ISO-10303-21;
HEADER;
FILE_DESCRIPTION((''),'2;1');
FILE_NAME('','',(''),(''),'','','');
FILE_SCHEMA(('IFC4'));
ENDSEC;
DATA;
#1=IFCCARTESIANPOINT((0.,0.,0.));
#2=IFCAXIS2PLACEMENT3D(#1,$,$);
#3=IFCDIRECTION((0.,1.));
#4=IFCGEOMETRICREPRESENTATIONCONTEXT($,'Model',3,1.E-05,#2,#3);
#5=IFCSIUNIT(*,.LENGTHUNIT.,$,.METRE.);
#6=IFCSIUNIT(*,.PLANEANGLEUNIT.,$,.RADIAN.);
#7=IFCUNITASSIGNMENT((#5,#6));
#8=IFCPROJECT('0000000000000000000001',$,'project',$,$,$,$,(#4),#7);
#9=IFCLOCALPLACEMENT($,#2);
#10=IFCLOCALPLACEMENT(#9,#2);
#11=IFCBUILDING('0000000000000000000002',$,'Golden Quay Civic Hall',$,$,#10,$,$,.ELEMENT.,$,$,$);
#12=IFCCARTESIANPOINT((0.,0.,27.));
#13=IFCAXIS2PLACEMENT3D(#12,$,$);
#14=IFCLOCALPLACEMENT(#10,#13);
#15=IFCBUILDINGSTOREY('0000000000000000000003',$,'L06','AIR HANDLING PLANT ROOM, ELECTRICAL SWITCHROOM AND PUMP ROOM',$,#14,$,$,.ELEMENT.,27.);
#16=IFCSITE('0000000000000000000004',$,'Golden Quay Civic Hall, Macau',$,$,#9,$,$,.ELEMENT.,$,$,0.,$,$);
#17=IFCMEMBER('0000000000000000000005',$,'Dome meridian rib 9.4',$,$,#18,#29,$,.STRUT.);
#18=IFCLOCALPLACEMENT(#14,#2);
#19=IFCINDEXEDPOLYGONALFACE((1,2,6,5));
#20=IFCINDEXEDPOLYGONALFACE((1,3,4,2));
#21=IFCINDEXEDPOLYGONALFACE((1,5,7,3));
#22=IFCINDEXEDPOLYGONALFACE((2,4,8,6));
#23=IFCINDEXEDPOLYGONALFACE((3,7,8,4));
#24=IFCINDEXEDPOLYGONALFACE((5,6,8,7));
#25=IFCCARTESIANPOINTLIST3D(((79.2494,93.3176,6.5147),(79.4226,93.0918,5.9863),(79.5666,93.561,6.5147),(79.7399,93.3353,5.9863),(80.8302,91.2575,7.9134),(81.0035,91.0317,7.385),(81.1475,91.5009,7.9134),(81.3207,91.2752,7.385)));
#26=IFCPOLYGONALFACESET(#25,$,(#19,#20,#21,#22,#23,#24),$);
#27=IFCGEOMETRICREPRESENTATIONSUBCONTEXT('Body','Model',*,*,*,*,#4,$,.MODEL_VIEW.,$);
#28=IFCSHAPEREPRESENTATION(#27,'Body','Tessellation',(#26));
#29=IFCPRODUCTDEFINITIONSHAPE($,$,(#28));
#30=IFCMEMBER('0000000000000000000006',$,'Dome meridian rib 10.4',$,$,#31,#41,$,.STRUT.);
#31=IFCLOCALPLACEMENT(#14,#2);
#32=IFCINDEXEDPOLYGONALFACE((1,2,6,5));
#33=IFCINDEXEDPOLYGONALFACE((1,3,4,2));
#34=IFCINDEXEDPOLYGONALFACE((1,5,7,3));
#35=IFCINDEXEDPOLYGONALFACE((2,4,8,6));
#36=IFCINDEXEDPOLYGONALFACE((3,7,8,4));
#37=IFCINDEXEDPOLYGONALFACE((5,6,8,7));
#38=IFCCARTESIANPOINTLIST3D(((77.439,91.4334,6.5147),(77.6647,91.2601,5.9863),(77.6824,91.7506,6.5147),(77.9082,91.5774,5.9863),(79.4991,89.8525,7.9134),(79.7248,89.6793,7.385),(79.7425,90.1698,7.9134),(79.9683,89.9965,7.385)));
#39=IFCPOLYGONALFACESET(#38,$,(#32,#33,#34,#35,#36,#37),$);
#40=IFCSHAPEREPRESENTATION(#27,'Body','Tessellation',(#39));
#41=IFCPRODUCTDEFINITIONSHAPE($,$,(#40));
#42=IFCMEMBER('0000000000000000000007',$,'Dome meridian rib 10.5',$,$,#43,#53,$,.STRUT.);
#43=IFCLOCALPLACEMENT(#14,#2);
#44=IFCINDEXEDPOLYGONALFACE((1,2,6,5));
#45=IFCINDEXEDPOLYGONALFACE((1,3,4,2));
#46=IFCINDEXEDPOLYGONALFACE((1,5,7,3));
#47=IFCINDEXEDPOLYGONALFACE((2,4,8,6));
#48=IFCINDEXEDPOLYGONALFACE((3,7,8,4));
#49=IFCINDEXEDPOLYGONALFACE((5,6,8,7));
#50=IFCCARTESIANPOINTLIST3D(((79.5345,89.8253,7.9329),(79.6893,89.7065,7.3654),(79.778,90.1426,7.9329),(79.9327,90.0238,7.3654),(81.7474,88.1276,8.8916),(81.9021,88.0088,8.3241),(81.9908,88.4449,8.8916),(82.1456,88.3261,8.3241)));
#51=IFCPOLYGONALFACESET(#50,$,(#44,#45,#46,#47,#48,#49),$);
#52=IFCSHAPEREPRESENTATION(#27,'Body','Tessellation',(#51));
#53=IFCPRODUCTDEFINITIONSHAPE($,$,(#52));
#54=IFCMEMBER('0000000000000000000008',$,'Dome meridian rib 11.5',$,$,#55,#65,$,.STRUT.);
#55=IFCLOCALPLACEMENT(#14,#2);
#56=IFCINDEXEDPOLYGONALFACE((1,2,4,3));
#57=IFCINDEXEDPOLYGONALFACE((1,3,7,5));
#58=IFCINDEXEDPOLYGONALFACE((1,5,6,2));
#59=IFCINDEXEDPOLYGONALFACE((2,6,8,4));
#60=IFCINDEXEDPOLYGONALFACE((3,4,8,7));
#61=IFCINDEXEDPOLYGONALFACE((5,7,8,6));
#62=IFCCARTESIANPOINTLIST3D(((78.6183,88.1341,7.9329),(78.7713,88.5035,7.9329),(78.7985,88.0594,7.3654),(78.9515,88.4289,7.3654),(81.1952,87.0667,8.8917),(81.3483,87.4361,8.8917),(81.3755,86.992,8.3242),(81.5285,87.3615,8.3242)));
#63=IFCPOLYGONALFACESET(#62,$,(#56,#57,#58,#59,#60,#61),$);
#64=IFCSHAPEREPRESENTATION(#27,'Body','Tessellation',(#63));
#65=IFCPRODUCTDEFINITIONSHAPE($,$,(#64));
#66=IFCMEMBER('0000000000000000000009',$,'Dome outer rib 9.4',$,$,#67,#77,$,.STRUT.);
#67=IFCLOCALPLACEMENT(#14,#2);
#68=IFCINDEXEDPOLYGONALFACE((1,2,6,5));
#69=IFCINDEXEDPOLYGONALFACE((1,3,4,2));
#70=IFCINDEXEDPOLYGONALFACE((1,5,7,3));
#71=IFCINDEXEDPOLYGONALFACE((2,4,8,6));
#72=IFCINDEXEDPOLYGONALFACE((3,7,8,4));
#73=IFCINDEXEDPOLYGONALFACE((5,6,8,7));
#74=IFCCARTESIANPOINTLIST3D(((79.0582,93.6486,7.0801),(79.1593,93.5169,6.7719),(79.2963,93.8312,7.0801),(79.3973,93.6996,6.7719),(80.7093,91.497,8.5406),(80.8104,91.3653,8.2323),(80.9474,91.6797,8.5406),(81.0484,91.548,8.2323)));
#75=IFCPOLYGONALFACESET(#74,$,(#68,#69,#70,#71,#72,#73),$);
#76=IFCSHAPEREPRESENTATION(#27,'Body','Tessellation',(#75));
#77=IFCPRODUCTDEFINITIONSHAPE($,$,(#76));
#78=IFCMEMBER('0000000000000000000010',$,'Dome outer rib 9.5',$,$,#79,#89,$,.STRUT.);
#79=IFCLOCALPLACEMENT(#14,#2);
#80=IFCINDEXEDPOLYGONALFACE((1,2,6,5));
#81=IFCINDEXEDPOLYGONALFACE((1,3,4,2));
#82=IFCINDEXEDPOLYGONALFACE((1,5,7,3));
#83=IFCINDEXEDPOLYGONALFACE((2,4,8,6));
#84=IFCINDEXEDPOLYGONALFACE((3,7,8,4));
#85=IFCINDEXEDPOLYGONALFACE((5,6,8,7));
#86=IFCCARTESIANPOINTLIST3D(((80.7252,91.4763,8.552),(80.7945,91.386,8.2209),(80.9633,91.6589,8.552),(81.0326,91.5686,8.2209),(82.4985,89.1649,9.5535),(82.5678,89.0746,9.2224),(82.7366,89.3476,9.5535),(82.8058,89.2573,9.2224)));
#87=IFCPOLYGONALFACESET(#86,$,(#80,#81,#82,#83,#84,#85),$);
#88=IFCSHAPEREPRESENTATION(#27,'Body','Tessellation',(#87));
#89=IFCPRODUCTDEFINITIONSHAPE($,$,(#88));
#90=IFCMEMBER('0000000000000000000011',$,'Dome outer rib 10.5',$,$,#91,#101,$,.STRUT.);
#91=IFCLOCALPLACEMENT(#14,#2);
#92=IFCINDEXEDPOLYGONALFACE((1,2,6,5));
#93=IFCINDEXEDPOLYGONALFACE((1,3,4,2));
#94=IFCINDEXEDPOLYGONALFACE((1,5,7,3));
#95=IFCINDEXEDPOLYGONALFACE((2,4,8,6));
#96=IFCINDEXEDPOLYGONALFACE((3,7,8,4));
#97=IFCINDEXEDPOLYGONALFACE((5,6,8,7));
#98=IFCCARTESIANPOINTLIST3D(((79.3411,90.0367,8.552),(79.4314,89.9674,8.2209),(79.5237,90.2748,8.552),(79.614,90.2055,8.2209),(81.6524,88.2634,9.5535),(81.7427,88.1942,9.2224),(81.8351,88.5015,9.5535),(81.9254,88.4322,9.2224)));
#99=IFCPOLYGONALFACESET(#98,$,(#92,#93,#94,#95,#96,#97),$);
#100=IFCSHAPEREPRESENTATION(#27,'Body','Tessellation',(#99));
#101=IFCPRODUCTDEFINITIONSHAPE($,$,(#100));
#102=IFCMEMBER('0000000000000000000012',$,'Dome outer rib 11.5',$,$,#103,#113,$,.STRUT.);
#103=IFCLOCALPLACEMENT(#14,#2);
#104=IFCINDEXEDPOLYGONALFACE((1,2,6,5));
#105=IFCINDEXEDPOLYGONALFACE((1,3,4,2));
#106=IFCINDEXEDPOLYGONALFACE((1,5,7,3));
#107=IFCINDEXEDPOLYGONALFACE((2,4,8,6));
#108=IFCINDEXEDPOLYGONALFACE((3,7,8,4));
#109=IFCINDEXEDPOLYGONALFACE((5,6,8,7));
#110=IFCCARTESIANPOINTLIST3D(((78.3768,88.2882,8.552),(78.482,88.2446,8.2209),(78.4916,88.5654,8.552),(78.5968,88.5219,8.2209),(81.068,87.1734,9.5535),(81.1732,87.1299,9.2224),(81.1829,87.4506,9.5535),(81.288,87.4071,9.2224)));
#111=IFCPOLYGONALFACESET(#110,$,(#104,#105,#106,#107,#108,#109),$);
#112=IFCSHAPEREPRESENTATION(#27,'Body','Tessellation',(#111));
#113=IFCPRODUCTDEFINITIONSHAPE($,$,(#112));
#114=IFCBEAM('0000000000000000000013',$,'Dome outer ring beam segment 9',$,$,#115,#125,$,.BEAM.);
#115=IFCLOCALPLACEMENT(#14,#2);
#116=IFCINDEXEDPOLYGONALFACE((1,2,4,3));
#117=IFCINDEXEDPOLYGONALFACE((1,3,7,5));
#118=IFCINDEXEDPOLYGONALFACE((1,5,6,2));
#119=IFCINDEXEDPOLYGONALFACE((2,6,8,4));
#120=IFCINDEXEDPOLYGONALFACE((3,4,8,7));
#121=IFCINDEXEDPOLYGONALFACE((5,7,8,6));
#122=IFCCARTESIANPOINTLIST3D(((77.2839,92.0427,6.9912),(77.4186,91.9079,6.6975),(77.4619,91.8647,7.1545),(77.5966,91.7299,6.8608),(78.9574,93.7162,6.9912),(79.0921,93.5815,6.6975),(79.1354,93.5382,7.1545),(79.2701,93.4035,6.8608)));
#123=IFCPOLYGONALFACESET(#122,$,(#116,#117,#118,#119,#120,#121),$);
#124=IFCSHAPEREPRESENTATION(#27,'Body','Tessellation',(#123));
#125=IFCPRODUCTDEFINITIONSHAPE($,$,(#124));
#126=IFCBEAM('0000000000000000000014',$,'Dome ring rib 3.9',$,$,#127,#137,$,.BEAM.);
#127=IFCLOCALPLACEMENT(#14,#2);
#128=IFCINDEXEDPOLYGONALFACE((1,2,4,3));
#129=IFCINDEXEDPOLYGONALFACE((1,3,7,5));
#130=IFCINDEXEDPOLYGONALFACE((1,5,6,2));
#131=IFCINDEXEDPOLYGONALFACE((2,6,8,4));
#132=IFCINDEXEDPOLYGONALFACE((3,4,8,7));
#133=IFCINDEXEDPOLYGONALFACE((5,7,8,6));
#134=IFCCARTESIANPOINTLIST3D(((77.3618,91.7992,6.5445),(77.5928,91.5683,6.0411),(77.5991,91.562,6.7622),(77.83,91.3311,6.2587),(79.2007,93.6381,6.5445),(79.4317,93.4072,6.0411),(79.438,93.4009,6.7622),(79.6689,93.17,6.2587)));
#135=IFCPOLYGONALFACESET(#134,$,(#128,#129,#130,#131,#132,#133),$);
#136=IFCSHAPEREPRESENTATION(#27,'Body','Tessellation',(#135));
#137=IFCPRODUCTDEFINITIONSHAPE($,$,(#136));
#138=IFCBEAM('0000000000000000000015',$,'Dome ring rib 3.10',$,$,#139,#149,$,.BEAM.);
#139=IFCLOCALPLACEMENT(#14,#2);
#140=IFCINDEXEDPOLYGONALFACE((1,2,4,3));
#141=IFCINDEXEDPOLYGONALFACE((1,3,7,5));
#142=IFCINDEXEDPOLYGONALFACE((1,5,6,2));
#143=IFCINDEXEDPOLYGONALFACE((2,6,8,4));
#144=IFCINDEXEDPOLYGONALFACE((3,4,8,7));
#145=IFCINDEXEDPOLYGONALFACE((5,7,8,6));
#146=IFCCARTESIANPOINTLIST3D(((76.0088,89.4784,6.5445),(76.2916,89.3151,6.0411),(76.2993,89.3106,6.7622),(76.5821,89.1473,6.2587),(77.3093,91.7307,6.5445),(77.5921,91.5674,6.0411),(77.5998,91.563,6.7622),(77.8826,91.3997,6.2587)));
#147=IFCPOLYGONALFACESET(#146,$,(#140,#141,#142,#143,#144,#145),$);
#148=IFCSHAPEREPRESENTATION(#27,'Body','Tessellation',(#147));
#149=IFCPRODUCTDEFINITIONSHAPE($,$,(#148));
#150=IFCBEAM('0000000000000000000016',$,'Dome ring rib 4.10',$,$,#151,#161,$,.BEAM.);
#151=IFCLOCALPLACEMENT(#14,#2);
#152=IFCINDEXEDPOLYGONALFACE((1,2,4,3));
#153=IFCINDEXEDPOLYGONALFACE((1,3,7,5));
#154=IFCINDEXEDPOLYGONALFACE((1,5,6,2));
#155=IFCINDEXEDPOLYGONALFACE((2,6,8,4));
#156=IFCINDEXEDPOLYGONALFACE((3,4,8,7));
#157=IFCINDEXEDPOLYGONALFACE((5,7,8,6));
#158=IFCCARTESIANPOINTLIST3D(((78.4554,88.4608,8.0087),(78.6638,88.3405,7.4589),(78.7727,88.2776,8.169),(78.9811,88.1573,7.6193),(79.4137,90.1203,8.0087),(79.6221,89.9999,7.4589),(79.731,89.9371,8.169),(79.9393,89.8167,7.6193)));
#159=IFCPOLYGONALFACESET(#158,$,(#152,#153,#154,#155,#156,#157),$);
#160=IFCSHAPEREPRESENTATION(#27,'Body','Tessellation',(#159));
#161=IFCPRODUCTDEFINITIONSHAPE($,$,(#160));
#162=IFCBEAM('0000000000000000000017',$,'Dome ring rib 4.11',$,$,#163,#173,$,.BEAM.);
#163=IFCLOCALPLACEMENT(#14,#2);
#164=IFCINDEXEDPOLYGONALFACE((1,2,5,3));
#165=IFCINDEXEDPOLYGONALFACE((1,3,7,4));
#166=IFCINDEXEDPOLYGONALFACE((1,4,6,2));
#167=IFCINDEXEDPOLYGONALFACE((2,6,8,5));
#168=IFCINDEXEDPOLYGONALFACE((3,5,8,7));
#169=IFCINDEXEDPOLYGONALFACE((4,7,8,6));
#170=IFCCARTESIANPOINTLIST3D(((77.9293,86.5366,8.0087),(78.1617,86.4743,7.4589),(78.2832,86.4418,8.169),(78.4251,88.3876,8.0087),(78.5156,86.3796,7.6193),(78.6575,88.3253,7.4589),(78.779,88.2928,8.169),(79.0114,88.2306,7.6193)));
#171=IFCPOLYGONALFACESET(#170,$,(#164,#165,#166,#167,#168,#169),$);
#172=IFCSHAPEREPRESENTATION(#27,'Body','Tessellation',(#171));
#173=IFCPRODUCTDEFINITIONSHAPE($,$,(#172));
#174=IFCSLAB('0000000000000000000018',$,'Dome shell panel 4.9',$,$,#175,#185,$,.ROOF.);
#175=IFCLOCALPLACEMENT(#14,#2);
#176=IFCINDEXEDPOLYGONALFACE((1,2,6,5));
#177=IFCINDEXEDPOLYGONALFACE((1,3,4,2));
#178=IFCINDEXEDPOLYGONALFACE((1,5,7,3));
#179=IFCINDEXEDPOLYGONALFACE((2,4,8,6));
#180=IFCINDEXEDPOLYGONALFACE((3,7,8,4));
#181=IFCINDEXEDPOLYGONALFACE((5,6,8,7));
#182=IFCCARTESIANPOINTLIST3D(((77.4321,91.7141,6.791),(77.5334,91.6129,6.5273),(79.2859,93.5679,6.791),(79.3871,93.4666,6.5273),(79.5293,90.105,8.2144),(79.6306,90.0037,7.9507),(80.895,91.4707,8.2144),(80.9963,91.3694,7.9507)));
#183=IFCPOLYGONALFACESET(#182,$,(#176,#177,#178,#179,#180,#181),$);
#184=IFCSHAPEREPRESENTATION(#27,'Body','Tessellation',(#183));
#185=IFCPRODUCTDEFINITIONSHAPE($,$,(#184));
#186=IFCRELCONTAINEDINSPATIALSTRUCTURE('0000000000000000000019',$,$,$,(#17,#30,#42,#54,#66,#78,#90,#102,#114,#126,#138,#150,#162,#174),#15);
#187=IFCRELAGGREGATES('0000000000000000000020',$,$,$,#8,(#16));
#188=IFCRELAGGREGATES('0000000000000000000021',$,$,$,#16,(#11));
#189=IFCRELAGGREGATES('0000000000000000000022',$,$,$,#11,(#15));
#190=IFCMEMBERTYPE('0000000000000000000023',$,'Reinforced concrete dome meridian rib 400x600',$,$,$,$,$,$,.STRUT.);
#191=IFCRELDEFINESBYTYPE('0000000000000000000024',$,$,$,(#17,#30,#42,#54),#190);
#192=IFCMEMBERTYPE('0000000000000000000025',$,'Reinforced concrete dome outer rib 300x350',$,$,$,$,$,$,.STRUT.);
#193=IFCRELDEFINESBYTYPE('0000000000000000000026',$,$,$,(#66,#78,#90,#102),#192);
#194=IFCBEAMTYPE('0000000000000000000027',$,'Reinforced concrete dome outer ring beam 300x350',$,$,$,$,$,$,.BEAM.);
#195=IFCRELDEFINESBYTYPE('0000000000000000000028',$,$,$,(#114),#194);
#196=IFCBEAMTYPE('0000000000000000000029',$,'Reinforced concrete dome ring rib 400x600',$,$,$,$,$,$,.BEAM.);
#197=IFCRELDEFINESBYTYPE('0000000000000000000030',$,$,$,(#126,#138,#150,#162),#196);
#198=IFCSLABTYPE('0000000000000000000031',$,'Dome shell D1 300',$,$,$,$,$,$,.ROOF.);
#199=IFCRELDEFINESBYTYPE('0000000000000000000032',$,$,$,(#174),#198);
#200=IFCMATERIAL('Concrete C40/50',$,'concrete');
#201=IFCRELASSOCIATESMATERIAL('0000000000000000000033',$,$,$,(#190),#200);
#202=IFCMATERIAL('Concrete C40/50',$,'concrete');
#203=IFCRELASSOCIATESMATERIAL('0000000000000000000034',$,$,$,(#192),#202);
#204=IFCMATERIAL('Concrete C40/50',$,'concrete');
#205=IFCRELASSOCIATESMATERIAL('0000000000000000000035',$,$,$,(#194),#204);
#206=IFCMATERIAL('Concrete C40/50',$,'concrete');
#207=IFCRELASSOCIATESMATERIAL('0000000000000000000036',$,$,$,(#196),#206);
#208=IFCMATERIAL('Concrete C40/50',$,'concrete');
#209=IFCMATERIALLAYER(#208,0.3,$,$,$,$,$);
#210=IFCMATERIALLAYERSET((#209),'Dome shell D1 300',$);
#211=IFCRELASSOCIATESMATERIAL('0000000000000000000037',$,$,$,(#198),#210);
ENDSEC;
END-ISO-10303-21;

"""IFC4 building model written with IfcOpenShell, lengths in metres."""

from ifc_helpers import new_model, si_unit, direction, frame, origin, origin_2d, place, context, subcontext, project, spatial, polyline, rectangle, outline, extrude, material, layer, layer_set, material_profile, profile_set, type_object, element, save


model = new_model("IFC4")

# Units and contexts
model_context = context("Model", 3, precision=1e-05, world=origin(), true_north=direction((0.0, 1.0)))
body_context = subcontext(model_context, "Body", "Model", "MODEL_VIEW")
ifc_project = project(units=[si_unit("LENGTHUNIT", "METRE"), si_unit("PLANEANGLEUNIT", "RADIAN")], contexts=[model_context])

# Site, building, storey
site_placement = place(None, origin())
site = spatial("IfcSite", under=ifc_project, at=site_placement, Name="Golden Quay Civic Hall, Macau", CompositionType="ELEMENT", RefElevation=0.0)
building_placement = place(site_placement, origin())
building = spatial("IfcBuilding", under=site, at=building_placement, Name="Golden Quay Civic Hall", CompositionType="ELEMENT")
storey_placement = place(building_placement, frame((0.0, 0.0, 27.0)))
storey = spatial("IfcBuildingStorey", under=building, at=storey_placement, Name="L06", Description="AIR HANDLING PLANT ROOM, ELECTRICAL SWITCHROOM AND PUMP ROOM", CompositionType="ELEMENT", Elevation=27.0)

# Members
ifc_material_1 = material(Name="Concrete C40/50", Category="concrete")
ifc_material_profile_1 = material_profile(ifc_material_1, rectangle(XDim=0.3999, YDim=0.6001, at=origin_2d()), Name="RC 400x600")
ifc_profile_set_1 = profile_set([ifc_material_profile_1], Name="Concrete C40/50")
member_type_1 = type_object("IfcMemberType", Name="Reinforced concrete dome meridian rib 400x600", PredefinedType="STRUT", material=ifc_profile_set_1)
for number, where, z_axis, x_axis, name in (
    (1, (79.4946, 93.3264, 6.2505), (0.535972, -0.698461, 0.474222), (0.79334, 0.608779, 0.0), "Dome meridian rib 9.4"),
    (2, (77.6736, 91.5054, 6.2505), (0.698461, -0.535972, 0.474222), (0.608779, 0.79334, 0.0), "Dome meridian rib 10.4"),
):
    element("IfcMember", number, at=place(storey_placement, frame(where, z_axis=z_axis, x_axis=x_axis)), inside=storey, type_object=member_type_1, Name=name, PredefinedType="STRUT", context=body_context, shape_type="SweptSolid", body=[
        extrude(rectangle(XDim=0.3999, YDim=0.6001, at=origin_2d()), origin(), (0.0, 0.0, 1.0), 2.9495),
    ])
member_1_placement = place(storey_placement, frame((79.7336, 89.9246, 7.6492), z_axis=(0.750308, -0.575644, 0.325073), x_axis=(0.608703, 0.793398, 0.0)))
element("IfcMember", 3, at=member_1_placement, inside=storey, type_object=member_type_1, Name="Dome meridian rib 10.5", PredefinedType="STRUT", context=body_context, shape_type="SweptSolid", body=[
    extrude(rectangle(XDim=0.3999, YDim=0.6001, at=origin_2d()), origin(), (0.0, 0.0, 1.0), 2.9492),
])
member_2_placement = place(storey_placement, frame((78.7849, 88.2815, 7.6492), z_axis=(0.873706, -0.361899, 0.325063), x_axis=(0.382682, 0.92388, 0.0)))
element("IfcMember", 4, at=member_2_placement, inside=storey, type_object=member_type_1, Name="Dome meridian rib 11.5", PredefinedType="STRUT", context=body_context, shape_type="SweptSolid", body=[
    extrude(rectangle(XDim=0.3999, YDim=0.6001, at=origin_2d()), origin(), (0.0, 0.0, 1.0), 2.9495),
])
ifc_material_2 = material(Name="Concrete C40/50", Category="concrete")
ifc_material_profile_2 = material_profile(ifc_material_2, rectangle(XDim=0.3, YDim=0.3501, at=origin_2d()), Name="RC 300x350")
ifc_profile_set_2 = profile_set([ifc_material_profile_2], Name="Concrete C40/50")
member_type_2 = type_object("IfcMemberType", Name="Reinforced concrete dome outer rib 300x350", PredefinedType="STRUT", material=ifc_profile_set_2)
member_3_placement = place(storey_placement, frame((79.2278, 93.6741, 6.926), z_axis=(0.536018, -0.698496, 0.474118), x_axis=(0.79333, 0.608792, 0.0)))
element("IfcMember", 5, at=member_3_placement, inside=storey, type_object=member_type_2, Name="Dome outer rib 9.4", PredefinedType="STRUT", context=body_context, shape_type="SweptSolid", body=[
    extrude(rectangle(XDim=0.3, YDim=0.3501, at=origin_2d()), origin(), (0.0, 0.0, 1.0), 3.0803),
])
for number, where, z_axis, x_axis, name in (
    (6, (80.8789, 91.5225, 8.3865), (0.575628, -0.750306, 0.325104), (0.793405, 0.608694, 0.0), "Dome outer rib 9.5"),
    (7, (79.4775, 90.1211, 8.3865), (0.750306, -0.575628, 0.325104), (0.608694, 0.793405, 0.0), "Dome outer rib 10.5"),
):
    element("IfcMember", number, at=place(storey_placement, frame(where, z_axis=z_axis, x_axis=x_axis)), inside=storey, type_object=member_type_2, Name=name, PredefinedType="STRUT", context=body_context, shape_type="SweptSolid", body=[
        extrude(rectangle(XDim=0.3, YDim=0.3501, at=origin_2d()), origin(), (0.0, 0.0, 1.0), 3.0806),
    ])
member_4_placement = place(storey_placement, frame((78.4868, 88.405, 8.3865), z_axis=(0.873683, -0.361901, 0.325124), x_axis=(0.382692, 0.923876, 0.0)))
element("IfcMember", 8, at=member_4_placement, inside=storey, type_object=member_type_2, Name="Dome outer rib 11.5", PredefinedType="STRUT", context=body_context, shape_type="SweptSolid", body=[
    extrude(rectangle(XDim=0.3, YDim=0.3501, at=origin_2d()), origin(), (0.0, 0.0, 1.0), 3.0803),
])

# Beams
ifc_material_3 = material(Name="Concrete C40/50", Category="concrete")
ifc_material_profile_3 = material_profile(ifc_material_3, rectangle(XDim=0.3, YDim=0.3501, at=origin_2d()), Name="RC 300x350")
ifc_profile_set_3 = profile_set([ifc_material_profile_3], Name="Concrete C40/50")
beam_type_1 = type_object("IfcBeamType", Name="Reinforced concrete dome outer ring beam 300x350", PredefinedType="BEAM", material=ifc_profile_set_3)
beam_1_placement = place(storey_placement, frame((79.1138, 93.5598, 6.926), z_axis=(-0.707107, -0.707107, 0.0), x_axis=(0.593227, -0.593227, 0.544209)))
element("IfcBeam", 9, at=beam_1_placement, inside=storey, type_object=beam_type_1, Name="Dome outer ring beam segment 9", PredefinedType="BEAM", context=body_context, shape_type="SweptSolid", body=[
    extrude(rectangle(XDim=0.3, YDim=0.3501, at=origin_2d()), origin(), (0.0, 0.0, 1.0), 2.3667),
])
ifc_material_4 = material(Name="Concrete C40/50", Category="concrete")
ifc_material_profile_4 = material_profile(ifc_material_4, rectangle(XDim=0.3999, YDim=0.6001, at=origin_2d()), Name="RC 400x600")
ifc_profile_set_4 = profile_set([ifc_material_profile_4], Name="Concrete C40/50")
beam_type_2 = type_object("IfcBeamType", Name="Reinforced concrete dome ring rib 400x600", PredefinedType="BEAM", material=ifc_profile_set_4)
beam_2_placement = place(storey_placement, frame((79.4348, 93.4041, 6.4016), z_axis=(-0.707107, -0.707107, 0.0), x_axis=(0.593227, -0.593227, 0.544209)))
element("IfcBeam", 10, at=beam_2_placement, inside=storey, type_object=beam_type_2, Name="Dome ring rib 3.9", PredefinedType="BEAM", context=body_context, shape_type="SweptSolid", body=[
    extrude(rectangle(XDim=0.3999, YDim=0.6001, at=origin_2d()), origin(), (0.0, 0.0, 1.0), 2.6006),
])
beam_3_placement = place(storey_placement, frame((77.5959, 91.5652, 6.4016), z_axis=(-0.500026, -0.866011, 0.0), x_axis=(0.726539, -0.419497, 0.544209)))
element("IfcBeam", 11, at=beam_3_placement, inside=storey, type_object=beam_type_2, Name="Dome ring rib 3.10", PredefinedType="BEAM", context=body_context, shape_type="SweptSolid", body=[
    extrude(rectangle(XDim=0.3999, YDim=0.6001, at=origin_2d()), origin(), (0.0, 0.0, 1.0), 2.6008),
])
for number, where, z_axis, x_axis, name in (
    (12, (79.6765, 89.9685, 7.814), (-0.500072, -0.865984, 0.0), (0.793325, -0.458114, 0.400958), "Dome ring rib 4.10"),
    (13, (78.7183, 88.3091, 7.814), (-0.258749, -0.965945, 0.0), (0.884898, -0.237039, 0.400958), "Dome ring rib 4.11"),
):
    element("IfcBeam", number, at=place(storey_placement, frame(where, z_axis=z_axis, x_axis=x_axis)), inside=storey, type_object=beam_type_2, Name=name, PredefinedType="BEAM", context=body_context, shape_type="SweptSolid", body=[
        extrude(rectangle(XDim=0.3999, YDim=0.6001, at=origin_2d()), origin(), (0.0, 0.0, 1.0), 1.9163),
    ])

# Slab
ifc_material_5 = material(Name="Concrete C40/50", Category="concrete")
ifc_layer_1 = layer(ifc_material_5, 0.3)
ifc_layer_set_1 = layer_set([ifc_layer_1], Name="Dome shell D1 300")
slab_type = type_object("IfcSlabType", Name="Dome shell D1 300", PredefinedType="ROOF", material=ifc_layer_set_1)
slab_1_placement = place(storey_placement, frame((79.2859, 93.5679, 6.791), z_axis=(-0.337473, 0.337473, 0.878762), x_axis=(-0.707107, -0.707107, 0.0)))
element("IfcSlab", 14, at=slab_1_placement, inside=storey, type_object=slab_type, Name="Dome shell panel 4.9", PredefinedType="ROOF", context=body_context, shape_type="SweptSolid", body=[
    extrude(outline(polyline([(0.0, 0.0), (2.6216, 0.0), (2.2765, 2.9823), (0.3451, 2.9823), (0.0, 0.0)])), origin(), (0.0, 0.0, -1.0), 0.3),
])

save(model, "model.ifc")
